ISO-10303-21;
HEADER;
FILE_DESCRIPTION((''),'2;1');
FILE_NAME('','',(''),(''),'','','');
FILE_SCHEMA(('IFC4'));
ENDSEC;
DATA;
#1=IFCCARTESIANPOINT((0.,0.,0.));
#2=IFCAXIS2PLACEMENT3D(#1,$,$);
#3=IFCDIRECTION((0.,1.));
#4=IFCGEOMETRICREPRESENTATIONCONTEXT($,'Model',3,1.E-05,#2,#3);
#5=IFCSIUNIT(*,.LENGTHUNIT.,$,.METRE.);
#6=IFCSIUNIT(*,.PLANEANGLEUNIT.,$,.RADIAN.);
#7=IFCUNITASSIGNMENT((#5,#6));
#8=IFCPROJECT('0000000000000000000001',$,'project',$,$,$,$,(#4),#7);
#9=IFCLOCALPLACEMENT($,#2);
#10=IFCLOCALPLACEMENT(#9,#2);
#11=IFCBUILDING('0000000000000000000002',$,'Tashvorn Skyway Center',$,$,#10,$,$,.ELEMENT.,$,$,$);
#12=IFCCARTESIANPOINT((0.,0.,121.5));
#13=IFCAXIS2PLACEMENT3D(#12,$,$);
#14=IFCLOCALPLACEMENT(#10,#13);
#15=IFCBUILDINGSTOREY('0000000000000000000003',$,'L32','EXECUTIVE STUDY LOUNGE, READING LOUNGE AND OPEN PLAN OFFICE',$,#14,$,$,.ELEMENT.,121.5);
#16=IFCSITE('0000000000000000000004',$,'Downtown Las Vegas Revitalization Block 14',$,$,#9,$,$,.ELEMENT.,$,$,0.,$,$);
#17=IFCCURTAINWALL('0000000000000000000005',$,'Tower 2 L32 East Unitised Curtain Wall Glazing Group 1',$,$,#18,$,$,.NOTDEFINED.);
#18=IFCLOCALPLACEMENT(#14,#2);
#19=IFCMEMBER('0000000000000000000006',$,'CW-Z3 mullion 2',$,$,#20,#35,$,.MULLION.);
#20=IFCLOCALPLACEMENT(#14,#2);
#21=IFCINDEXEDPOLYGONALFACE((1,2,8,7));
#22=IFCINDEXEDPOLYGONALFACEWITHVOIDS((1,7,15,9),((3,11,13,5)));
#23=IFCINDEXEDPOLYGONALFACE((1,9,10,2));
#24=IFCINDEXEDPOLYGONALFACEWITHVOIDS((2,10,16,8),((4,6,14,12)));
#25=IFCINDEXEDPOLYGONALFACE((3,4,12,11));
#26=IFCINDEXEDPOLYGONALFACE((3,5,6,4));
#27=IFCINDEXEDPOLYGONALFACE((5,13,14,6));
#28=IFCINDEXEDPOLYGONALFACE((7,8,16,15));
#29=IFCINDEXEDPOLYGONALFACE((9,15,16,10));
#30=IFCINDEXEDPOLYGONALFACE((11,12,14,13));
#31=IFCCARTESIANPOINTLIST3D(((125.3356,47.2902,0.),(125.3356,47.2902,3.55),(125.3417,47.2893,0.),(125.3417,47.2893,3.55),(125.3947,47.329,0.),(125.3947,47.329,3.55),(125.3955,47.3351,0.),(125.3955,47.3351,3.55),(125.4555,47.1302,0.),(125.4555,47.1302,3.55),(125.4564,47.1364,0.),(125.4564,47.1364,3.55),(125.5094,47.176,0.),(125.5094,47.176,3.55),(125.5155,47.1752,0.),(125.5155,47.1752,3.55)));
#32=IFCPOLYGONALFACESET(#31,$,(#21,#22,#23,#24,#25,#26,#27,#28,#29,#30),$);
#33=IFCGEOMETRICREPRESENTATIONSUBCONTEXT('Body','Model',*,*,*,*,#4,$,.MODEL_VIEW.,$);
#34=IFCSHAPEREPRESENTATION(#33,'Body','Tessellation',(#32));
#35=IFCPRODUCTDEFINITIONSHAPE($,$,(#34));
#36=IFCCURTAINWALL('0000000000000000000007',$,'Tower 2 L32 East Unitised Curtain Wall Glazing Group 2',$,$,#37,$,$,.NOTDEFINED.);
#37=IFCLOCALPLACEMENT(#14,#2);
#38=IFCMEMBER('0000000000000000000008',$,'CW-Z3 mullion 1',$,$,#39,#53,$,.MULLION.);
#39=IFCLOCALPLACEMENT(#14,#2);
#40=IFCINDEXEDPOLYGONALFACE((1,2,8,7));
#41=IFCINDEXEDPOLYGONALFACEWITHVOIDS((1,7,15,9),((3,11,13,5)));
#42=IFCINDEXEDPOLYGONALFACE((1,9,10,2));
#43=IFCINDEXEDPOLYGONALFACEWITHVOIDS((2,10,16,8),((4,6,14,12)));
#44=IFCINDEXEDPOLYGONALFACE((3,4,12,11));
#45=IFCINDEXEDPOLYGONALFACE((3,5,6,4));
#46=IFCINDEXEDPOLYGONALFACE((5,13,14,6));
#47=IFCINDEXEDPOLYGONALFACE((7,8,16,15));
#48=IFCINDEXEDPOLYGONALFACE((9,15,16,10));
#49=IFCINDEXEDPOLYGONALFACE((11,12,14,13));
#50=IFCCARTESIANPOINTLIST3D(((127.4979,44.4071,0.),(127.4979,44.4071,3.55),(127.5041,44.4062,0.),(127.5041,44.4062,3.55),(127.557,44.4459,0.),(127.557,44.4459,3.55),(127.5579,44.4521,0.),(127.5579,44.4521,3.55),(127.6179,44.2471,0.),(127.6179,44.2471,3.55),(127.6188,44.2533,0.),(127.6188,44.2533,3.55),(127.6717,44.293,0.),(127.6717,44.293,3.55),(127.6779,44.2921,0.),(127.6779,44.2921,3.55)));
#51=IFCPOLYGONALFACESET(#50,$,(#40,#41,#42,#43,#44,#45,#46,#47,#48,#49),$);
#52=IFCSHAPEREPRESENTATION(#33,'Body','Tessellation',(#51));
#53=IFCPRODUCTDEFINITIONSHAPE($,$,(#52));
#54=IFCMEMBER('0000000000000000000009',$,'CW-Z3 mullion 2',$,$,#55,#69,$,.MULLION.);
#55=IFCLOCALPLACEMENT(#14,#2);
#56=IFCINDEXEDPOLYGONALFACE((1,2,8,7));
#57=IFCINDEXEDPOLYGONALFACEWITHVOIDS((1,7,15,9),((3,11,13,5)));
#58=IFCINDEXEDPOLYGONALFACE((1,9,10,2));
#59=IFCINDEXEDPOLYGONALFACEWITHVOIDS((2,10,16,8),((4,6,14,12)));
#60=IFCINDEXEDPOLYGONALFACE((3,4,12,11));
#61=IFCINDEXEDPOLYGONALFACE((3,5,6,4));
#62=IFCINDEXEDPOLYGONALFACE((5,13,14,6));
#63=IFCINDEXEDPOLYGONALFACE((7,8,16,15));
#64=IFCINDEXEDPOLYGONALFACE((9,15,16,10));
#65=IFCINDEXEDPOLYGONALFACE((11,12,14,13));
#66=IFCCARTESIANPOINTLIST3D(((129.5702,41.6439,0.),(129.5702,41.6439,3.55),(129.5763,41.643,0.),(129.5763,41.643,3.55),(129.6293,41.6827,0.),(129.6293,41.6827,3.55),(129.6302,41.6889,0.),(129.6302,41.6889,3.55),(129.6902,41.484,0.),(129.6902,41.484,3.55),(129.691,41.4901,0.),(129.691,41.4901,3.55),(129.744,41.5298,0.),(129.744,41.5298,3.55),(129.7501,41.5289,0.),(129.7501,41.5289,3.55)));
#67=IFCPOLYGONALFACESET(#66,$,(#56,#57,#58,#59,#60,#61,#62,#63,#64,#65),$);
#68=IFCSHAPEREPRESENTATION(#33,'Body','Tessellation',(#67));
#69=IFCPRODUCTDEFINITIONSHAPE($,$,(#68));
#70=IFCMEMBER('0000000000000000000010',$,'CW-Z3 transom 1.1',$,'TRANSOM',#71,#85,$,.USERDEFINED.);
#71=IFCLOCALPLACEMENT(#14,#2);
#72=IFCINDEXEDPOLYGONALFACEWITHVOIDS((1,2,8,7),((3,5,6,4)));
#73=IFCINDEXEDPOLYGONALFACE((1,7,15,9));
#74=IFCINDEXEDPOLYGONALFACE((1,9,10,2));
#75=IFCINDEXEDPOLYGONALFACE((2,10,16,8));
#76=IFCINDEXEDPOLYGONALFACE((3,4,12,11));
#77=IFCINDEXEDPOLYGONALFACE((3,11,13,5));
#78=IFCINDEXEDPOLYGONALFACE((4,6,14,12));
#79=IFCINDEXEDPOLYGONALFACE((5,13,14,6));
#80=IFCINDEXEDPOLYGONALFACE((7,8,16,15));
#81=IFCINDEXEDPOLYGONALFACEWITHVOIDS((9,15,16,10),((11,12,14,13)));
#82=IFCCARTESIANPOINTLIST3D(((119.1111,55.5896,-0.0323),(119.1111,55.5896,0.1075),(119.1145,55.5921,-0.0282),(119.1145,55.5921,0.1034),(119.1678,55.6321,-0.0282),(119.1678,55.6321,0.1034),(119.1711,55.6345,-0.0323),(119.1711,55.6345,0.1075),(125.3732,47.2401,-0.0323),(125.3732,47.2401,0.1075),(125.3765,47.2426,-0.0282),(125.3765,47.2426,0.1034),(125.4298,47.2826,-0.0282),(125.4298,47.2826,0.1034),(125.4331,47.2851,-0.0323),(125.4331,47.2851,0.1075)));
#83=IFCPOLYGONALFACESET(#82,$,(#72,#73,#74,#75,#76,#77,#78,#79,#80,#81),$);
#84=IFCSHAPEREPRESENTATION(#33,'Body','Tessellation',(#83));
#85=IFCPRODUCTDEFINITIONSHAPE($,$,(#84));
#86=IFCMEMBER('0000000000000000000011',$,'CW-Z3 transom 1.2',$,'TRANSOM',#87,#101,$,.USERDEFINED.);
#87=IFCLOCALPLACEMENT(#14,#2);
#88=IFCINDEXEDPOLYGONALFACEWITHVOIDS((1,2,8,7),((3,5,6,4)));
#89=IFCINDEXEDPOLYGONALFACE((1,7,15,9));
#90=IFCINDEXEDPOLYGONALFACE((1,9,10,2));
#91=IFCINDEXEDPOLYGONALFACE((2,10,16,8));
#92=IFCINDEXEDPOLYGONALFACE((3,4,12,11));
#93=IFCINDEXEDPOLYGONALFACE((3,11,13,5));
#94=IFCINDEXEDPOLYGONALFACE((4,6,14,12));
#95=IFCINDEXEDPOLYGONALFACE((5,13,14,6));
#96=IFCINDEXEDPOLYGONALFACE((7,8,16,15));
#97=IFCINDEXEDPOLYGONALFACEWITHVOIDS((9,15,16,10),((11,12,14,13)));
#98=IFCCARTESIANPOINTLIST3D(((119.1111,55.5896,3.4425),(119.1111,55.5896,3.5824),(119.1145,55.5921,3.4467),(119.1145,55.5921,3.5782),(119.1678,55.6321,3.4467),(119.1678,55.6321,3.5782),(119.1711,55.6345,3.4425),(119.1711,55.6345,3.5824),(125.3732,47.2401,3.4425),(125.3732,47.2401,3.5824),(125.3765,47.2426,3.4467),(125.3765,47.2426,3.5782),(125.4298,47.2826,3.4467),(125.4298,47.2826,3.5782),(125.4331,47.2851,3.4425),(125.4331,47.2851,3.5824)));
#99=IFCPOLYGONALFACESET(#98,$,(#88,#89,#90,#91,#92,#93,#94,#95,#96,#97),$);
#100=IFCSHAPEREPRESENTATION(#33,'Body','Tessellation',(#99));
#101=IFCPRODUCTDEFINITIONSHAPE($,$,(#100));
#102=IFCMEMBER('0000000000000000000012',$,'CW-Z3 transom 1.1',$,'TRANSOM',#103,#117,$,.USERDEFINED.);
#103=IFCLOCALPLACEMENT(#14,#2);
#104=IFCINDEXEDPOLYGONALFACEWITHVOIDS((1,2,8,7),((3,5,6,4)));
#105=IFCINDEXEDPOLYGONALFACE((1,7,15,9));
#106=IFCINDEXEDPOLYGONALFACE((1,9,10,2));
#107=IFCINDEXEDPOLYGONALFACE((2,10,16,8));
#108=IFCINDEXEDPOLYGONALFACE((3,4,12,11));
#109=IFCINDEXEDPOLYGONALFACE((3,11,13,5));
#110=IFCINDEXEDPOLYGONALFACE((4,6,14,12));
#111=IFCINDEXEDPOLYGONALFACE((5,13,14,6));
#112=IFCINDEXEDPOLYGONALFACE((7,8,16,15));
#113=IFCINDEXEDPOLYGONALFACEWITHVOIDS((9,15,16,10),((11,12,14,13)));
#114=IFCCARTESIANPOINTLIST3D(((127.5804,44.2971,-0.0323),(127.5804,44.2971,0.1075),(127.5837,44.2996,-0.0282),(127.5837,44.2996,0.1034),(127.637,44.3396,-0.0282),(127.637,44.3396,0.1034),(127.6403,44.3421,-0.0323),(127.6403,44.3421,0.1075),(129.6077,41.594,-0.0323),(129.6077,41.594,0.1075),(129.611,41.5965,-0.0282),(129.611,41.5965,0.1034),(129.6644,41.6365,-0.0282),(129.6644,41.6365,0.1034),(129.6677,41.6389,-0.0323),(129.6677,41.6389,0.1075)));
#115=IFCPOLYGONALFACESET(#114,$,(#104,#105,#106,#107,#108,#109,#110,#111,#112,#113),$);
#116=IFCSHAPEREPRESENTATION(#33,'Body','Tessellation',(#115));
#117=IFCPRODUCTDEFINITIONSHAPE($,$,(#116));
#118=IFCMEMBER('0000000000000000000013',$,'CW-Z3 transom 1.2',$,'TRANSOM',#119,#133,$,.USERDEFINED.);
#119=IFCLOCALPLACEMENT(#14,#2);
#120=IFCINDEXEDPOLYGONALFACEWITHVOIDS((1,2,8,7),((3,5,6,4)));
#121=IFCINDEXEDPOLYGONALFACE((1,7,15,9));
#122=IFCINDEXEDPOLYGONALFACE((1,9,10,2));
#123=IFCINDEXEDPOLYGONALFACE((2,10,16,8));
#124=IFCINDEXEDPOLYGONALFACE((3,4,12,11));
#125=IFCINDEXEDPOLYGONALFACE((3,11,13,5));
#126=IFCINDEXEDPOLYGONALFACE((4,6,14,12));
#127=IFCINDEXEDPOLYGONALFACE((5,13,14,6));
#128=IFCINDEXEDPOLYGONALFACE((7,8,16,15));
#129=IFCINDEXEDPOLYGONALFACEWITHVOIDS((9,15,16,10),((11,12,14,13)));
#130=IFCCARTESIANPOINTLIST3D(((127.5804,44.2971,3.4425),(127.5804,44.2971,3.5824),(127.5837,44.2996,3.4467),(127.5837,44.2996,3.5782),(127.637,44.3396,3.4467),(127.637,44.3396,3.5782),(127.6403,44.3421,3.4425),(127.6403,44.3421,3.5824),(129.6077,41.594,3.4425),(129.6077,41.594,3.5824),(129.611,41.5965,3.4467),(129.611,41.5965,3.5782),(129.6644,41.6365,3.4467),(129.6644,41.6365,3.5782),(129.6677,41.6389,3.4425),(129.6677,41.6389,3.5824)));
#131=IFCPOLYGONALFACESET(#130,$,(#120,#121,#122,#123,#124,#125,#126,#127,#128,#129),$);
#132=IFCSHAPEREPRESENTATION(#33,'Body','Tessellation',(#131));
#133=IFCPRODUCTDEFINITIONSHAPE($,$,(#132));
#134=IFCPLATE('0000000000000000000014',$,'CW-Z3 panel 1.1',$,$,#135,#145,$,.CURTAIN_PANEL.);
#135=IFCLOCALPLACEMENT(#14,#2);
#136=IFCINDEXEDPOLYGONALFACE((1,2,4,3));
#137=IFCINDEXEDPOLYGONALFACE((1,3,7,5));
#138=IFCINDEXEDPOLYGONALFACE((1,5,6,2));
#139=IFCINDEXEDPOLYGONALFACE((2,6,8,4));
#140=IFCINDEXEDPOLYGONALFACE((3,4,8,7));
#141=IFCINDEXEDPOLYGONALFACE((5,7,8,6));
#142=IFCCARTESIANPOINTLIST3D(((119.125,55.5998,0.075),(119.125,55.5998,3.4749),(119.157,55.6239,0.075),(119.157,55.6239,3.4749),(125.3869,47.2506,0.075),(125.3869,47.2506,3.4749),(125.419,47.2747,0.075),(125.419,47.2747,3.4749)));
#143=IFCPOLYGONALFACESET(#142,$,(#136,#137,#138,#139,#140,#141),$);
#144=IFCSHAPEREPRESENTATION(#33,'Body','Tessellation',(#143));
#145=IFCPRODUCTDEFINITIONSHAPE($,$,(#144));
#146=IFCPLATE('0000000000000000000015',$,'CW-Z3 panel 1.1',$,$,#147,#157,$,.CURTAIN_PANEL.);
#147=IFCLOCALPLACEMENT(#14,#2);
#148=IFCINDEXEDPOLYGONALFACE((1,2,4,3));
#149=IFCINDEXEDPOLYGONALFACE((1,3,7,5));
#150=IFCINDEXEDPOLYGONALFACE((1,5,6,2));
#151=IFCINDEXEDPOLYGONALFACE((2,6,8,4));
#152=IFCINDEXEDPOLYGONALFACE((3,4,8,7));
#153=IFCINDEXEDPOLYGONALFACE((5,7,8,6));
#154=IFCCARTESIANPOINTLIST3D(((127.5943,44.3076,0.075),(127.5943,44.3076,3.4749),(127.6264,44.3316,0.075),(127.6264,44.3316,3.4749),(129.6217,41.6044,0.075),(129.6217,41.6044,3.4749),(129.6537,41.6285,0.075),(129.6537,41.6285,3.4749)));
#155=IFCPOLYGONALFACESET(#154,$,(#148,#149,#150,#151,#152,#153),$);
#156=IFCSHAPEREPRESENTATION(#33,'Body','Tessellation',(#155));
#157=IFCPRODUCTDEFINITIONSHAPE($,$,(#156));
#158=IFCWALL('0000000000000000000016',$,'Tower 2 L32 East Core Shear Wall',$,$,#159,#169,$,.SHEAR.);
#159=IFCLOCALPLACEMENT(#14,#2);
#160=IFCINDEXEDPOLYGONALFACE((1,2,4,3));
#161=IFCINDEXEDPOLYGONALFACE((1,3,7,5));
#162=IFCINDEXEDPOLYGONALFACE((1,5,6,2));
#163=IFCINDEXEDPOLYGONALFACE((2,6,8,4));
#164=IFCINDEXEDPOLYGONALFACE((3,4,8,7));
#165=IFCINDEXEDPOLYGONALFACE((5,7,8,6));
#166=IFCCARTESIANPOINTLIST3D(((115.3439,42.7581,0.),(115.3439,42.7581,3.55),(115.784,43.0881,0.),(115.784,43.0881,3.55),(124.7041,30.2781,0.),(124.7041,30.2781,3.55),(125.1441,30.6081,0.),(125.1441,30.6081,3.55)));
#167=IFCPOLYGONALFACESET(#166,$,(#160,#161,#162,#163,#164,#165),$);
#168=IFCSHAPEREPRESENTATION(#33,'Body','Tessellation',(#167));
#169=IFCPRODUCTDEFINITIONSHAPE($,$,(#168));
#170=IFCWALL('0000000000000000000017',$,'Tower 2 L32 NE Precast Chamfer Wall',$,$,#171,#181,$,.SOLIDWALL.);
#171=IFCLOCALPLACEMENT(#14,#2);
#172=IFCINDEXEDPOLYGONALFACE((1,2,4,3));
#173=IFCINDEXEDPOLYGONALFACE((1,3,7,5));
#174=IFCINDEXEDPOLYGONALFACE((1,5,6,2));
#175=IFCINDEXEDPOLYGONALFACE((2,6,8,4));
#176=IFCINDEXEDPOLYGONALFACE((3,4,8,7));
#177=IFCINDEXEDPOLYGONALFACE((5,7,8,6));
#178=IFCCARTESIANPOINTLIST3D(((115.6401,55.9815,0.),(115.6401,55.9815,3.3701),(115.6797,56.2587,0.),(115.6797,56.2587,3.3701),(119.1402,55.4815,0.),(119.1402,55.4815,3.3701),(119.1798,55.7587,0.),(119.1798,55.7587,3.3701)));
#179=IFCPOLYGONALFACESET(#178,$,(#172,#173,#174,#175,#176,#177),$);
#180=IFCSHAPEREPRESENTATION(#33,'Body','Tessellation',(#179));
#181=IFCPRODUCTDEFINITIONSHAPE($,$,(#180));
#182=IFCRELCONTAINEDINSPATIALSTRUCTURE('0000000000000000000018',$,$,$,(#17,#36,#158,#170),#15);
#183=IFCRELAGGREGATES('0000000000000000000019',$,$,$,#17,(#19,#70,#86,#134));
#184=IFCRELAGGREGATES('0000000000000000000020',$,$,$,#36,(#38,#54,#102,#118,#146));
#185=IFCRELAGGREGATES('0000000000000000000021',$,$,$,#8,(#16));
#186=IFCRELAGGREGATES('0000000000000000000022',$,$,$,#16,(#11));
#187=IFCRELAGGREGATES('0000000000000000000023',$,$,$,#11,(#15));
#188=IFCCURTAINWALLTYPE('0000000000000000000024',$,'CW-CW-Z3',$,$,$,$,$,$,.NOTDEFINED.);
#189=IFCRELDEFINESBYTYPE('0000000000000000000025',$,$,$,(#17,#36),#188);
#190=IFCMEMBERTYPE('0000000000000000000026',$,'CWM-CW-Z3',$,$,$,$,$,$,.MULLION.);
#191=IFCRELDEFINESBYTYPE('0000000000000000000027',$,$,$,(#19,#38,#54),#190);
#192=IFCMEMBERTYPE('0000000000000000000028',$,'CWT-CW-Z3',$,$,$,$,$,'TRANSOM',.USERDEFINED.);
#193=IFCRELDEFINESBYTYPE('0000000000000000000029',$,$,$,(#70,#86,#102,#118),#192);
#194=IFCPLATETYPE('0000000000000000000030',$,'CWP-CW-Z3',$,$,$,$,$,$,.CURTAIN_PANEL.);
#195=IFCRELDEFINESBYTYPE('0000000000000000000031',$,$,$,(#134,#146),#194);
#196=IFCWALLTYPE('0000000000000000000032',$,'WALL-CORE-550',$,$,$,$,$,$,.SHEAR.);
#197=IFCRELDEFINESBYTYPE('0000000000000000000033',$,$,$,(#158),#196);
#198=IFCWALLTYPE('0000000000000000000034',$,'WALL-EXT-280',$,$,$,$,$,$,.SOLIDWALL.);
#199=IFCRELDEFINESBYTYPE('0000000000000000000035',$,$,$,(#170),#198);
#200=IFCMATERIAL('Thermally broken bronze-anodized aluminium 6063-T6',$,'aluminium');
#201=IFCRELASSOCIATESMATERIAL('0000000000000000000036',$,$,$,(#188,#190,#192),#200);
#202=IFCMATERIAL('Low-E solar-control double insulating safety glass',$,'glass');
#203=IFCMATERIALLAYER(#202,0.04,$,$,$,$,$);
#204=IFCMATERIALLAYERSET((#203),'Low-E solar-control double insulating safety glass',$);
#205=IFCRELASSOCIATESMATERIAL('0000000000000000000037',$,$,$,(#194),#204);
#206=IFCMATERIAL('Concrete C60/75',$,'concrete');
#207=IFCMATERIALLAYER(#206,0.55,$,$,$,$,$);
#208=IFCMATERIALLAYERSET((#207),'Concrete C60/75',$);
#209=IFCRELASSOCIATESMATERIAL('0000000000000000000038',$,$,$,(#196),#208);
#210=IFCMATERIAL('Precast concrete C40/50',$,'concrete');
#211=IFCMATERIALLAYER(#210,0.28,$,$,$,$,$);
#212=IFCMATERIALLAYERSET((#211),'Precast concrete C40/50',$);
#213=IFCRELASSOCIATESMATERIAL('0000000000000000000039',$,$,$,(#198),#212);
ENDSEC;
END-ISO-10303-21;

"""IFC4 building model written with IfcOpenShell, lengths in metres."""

from ifc_helpers import new_model, si_unit, direction, frame, frame_2d, origin, origin_2d, place, context, subcontext, project, spatial, rectangle, hollow_rectangle, extrude, material, layer, layer_set, material_profile, profile_set, type_object, element, aggregate, save


model = new_model("IFC4")

# Units and contexts
model_context = context("Model", 3, precision=1e-05, world=origin(), true_north=direction((0.0, 1.0)))
body_context = subcontext(model_context, "Body", "Model", "MODEL_VIEW")
ifc_project = project(units=[si_unit("LENGTHUNIT", "METRE"), si_unit("PLANEANGLEUNIT", "RADIAN")], contexts=[model_context])

# Site, building, storey
site_placement = place(None, origin())
site = spatial("IfcSite", under=ifc_project, at=site_placement, Name="Downtown Las Vegas Revitalization Block 14", CompositionType="ELEMENT", RefElevation=0.0)
building_placement = place(site_placement, origin())
building = spatial("IfcBuilding", under=site, at=building_placement, Name="Tashvorn Skyway Center", CompositionType="ELEMENT")
storey_placement = place(building_placement, frame((0.0, 0.0, 121.5)))
storey = spatial("IfcBuildingStorey", under=building, at=storey_placement, Name="L32", Description="EXECUTIVE STUDY LOUNGE, READING LOUNGE AND OPEN PLAN OFFICE", CompositionType="ELEMENT", Elevation=121.5)

# Shared definitions
ifc_material_1 = material(Name="Thermally broken bronze-anodized aluminium 6063-T6", Category="aluminium")
curtain_wall_type = type_object("IfcCurtainWallType", Name="CW-CW-Z3", PredefinedType="NOTDEFINED", material=ifc_material_1)
ifc_material_profile_1 = material_profile(ifc_material_1, hollow_rectangle(XDim=0.075, YDim=0.2, WallThickness=0.0044, at=origin_2d()), Name="ALU-MULL-75x200")
ifc_profile_set_1 = profile_set([ifc_material_profile_1], Name="Thermally broken bronze-anodized aluminium 6063-T6")
member_type_1 = type_object("IfcMemberType", Name="CWM-CW-Z3", PredefinedType="MULLION", material=ifc_profile_set_1)

# Curtain walls, members
curtain_wall_1_placement = place(storey_placement, origin())
curtain_wall_1 = element("IfcCurtainWall", 1, at=curtain_wall_1_placement, inside=storey, type_object=curtain_wall_type, Name="Tower 2 L32 East Unitised Curtain Wall Glazing Group 1", PredefinedType="NOTDEFINED")
member_1_placement = place(storey_placement, frame((125.4255, 47.2327, 0.0), z_axis=(0.0, 0.0, 1.0), x_axis=(0.799999, 0.600002, 0.0)))
member_1 = element("IfcMember", 2, at=member_1_placement, type_object=member_type_1, Name="CW-Z3 mullion 2", PredefinedType="MULLION", context=body_context, shape_type="SweptSolid", body=[
    extrude(hollow_rectangle(XDim=0.075, YDim=0.2, WallThickness=0.0044, at=origin_2d()), origin(), (0.0, 0.0, 1.0), 3.55),
])
curtain_wall_2_placement = place(storey_placement, origin())
curtain_wall_2 = element("IfcCurtainWall", 3, at=curtain_wall_2_placement, inside=storey, type_object=curtain_wall_type, Name="Tower 2 L32 East Unitised Curtain Wall Glazing Group 2", PredefinedType="NOTDEFINED")
member_2_placement = place(storey_placement, frame((127.5879, 44.3496, 0.0), z_axis=(0.0, 0.0, 1.0), x_axis=(0.8, 0.6, 0.0)))
member_2 = element("IfcMember", 4, at=member_2_placement, type_object=member_type_1, Name="CW-Z3 mullion 1", PredefinedType="MULLION", context=body_context, shape_type="SweptSolid", body=[
    extrude(hollow_rectangle(XDim=0.075, YDim=0.2, WallThickness=0.0044, at=origin_2d()), origin(), (0.0, 0.0, 1.0), 3.55),
])
member_3_placement = place(storey_placement, frame((129.6602, 41.5864, 0.0), z_axis=(0.0, 0.0, 1.0), x_axis=(0.8, 0.6, 0.0)))
member_3 = element("IfcMember", 5, at=member_3_placement, type_object=member_type_1, Name="CW-Z3 mullion 2", PredefinedType="MULLION", context=body_context, shape_type="SweptSolid", body=[
    extrude(hollow_rectangle(XDim=0.075, YDim=0.2, WallThickness=0.0044, at=origin_2d()), origin(), (0.0, 0.0, 1.0), 3.55),
])

# Members
ifc_material_profile_2 = material_profile(ifc_material_1, hollow_rectangle(XDim=0.075, YDim=0.1399, WallThickness=0.0042, at=origin_2d()), Name="ALU-TRAN-75x140")
ifc_profile_set_2 = profile_set([ifc_material_profile_2], Name="Thermally broken bronze-anodized aluminium 6063-T6")
member_type_2 = type_object("IfcMemberType", Name="CWT-CW-Z3", ElementType="TRANSOM", PredefinedType="USERDEFINED", material=ifc_profile_set_2)
member_4_placement = place(storey_placement, frame((119.1411, 55.6121, 0.0376), z_axis=(0.599996, -0.800003, 0.0), x_axis=(0.800003, 0.599996, 0.0)))
member_4 = element("IfcMember", 6, at=member_4_placement, type_object=member_type_2, Name="CW-Z3 transom 1.1", ObjectType="TRANSOM", PredefinedType="USERDEFINED", context=body_context, shape_type="SweptSolid", body=[
    extrude(hollow_rectangle(XDim=0.075, YDim=0.1399, WallThickness=0.0042, at=origin_2d()), origin(), (0.0, 0.0, 1.0), 10.4368),
])
member_5_placement = place(storey_placement, frame((119.1411, 55.6121, 3.5125), z_axis=(0.599996, -0.800003, 0.0), x_axis=(0.800003, 0.599996, 0.0)))
member_5 = element("IfcMember", 7, at=member_5_placement, type_object=member_type_2, Name="CW-Z3 transom 1.2", ObjectType="TRANSOM", PredefinedType="USERDEFINED", context=body_context, shape_type="SweptSolid", body=[
    extrude(hollow_rectangle(XDim=0.075, YDim=0.1399, WallThickness=0.0042, at=origin_2d()), origin(), (0.0, 0.0, 1.0), 10.4368),
])
member_6_placement = place(storey_placement, frame((127.6104, 44.3196, 0.0376), z_axis=(0.6, -0.8, 0.0), x_axis=(0.8, 0.6, 0.0)))
member_6 = element("IfcMember", 8, at=member_6_placement, type_object=member_type_2, Name="CW-Z3 transom 1.1", ObjectType="TRANSOM", PredefinedType="USERDEFINED", context=body_context, shape_type="SweptSolid", body=[
    extrude(hollow_rectangle(XDim=0.075, YDim=0.1399, WallThickness=0.0042, at=origin_2d()), origin(), (0.0, 0.0, 1.0), 3.3789),
])
member_7_placement = place(storey_placement, frame((127.6104, 44.3196, 3.5125), z_axis=(0.6, -0.8, 0.0), x_axis=(0.8, 0.6, 0.0)))
member_7 = element("IfcMember", 9, at=member_7_placement, type_object=member_type_2, Name="CW-Z3 transom 1.2", ObjectType="TRANSOM", PredefinedType="USERDEFINED", context=body_context, shape_type="SweptSolid", body=[
    extrude(hollow_rectangle(XDim=0.075, YDim=0.1399, WallThickness=0.0042, at=origin_2d()), origin(), (0.0, 0.0, 1.0), 3.3789),
])

# Plates
ifc_material_2 = material(Name="Low-E solar-control double insulating safety glass", Category="glass")
ifc_layer_1 = layer(ifc_material_2, 0.04)
ifc_layer_set_1 = layer_set([ifc_layer_1], Name="Low-E solar-control double insulating safety glass")
plate_type = type_object("IfcPlateType", Name="CWP-CW-Z3", PredefinedType="CURTAIN_PANEL", material=ifc_layer_set_1)
plate_1_placement = place(storey_placement, frame((122.272, 51.4373, 0.075), z_axis=(0.0, 0.0, 1.0), x_axis=(0.600002, -0.799999, 0.0)))
plate_1 = element("IfcPlate", 10, at=plate_1_placement, type_object=plate_type, Name="CW-Z3 panel 1.1", PredefinedType="CURTAIN_PANEL", context=body_context, shape_type="SweptSolid", body=[
    extrude(rectangle(XDim=10.4365, YDim=0.04, at=origin_2d()), origin(), (0.0, 0.0, 1.0), 3.3999),
])
aggregate(curtain_wall_1, [member_1, member_4, member_5, plate_1])
plate_2_placement = place(storey_placement, frame((128.624, 42.968, 0.075), z_axis=(0.0, 0.0, 1.0), x_axis=(0.6, -0.8, 0.0)))
plate_2 = element("IfcPlate", 11, at=plate_2_placement, type_object=plate_type, Name="CW-Z3 panel 1.1", PredefinedType="CURTAIN_PANEL", context=body_context, shape_type="SweptSolid", body=[
    extrude(rectangle(XDim=3.3789, YDim=0.04, at=origin_2d()), origin(), (0.0, 0.0, 1.0), 3.3999),
])
aggregate(curtain_wall_2, [member_2, member_3, member_6, member_7, plate_2])

# Walls
ifc_material_3 = material(Name="Concrete C60/75", Category="concrete")
ifc_layer_2 = layer(ifc_material_3, 0.55)
ifc_layer_set_2 = layer_set([ifc_layer_2], Name="Concrete C60/75")
wall_type_1 = type_object("IfcWallType", Name="WALL-CORE-550", PredefinedType="SHEAR", material=ifc_layer_set_2)
wall_1_placement = place(storey_placement, frame((115.564, 42.9231, 0.0), z_axis=(0.0, 0.0, 1.0), x_axis=(0.600005, -0.799996, 0.0)))
element("IfcWall", 12, at=wall_1_placement, inside=storey, type_object=wall_type_1, Name="Tower 2 L32 East Core Shear Wall", PredefinedType="SHEAR", context=body_context, shape_type="SweptSolid", body=[
    extrude(rectangle(XDim=15.6001, YDim=0.55, at=frame_2d((7.8, 0.0))), origin(), (0.0, 0.0, 1.0), 3.55),
])
ifc_material_4 = material(Name="Precast concrete C40/50", Category="concrete")
ifc_layer_3 = layer(ifc_material_4, 0.28)
ifc_layer_set_3 = layer_set([ifc_layer_3], Name="Precast concrete C40/50")
wall_type_2 = type_object("IfcWallType", Name="WALL-EXT-280", PredefinedType="SOLIDWALL", material=ifc_layer_set_3)
wall_2_placement = place(storey_placement, frame((115.6599, 56.1201, 0.0), z_axis=(0.0, 0.0, 1.0), x_axis=(0.989949, -0.141421, 0.0)))
element("IfcWall", 13, at=wall_2_placement, inside=storey, type_object=wall_type_2, Name="Tower 2 L32 NE Precast Chamfer Wall", PredefinedType="SOLIDWALL", context=body_context, shape_type="SweptSolid", body=[
    extrude(rectangle(XDim=3.5356, YDim=0.28, at=frame_2d((1.7678, 0.0))), origin(), (0.0, 0.0, 1.0), 3.3701),
])

save(model, "model.ifc")
